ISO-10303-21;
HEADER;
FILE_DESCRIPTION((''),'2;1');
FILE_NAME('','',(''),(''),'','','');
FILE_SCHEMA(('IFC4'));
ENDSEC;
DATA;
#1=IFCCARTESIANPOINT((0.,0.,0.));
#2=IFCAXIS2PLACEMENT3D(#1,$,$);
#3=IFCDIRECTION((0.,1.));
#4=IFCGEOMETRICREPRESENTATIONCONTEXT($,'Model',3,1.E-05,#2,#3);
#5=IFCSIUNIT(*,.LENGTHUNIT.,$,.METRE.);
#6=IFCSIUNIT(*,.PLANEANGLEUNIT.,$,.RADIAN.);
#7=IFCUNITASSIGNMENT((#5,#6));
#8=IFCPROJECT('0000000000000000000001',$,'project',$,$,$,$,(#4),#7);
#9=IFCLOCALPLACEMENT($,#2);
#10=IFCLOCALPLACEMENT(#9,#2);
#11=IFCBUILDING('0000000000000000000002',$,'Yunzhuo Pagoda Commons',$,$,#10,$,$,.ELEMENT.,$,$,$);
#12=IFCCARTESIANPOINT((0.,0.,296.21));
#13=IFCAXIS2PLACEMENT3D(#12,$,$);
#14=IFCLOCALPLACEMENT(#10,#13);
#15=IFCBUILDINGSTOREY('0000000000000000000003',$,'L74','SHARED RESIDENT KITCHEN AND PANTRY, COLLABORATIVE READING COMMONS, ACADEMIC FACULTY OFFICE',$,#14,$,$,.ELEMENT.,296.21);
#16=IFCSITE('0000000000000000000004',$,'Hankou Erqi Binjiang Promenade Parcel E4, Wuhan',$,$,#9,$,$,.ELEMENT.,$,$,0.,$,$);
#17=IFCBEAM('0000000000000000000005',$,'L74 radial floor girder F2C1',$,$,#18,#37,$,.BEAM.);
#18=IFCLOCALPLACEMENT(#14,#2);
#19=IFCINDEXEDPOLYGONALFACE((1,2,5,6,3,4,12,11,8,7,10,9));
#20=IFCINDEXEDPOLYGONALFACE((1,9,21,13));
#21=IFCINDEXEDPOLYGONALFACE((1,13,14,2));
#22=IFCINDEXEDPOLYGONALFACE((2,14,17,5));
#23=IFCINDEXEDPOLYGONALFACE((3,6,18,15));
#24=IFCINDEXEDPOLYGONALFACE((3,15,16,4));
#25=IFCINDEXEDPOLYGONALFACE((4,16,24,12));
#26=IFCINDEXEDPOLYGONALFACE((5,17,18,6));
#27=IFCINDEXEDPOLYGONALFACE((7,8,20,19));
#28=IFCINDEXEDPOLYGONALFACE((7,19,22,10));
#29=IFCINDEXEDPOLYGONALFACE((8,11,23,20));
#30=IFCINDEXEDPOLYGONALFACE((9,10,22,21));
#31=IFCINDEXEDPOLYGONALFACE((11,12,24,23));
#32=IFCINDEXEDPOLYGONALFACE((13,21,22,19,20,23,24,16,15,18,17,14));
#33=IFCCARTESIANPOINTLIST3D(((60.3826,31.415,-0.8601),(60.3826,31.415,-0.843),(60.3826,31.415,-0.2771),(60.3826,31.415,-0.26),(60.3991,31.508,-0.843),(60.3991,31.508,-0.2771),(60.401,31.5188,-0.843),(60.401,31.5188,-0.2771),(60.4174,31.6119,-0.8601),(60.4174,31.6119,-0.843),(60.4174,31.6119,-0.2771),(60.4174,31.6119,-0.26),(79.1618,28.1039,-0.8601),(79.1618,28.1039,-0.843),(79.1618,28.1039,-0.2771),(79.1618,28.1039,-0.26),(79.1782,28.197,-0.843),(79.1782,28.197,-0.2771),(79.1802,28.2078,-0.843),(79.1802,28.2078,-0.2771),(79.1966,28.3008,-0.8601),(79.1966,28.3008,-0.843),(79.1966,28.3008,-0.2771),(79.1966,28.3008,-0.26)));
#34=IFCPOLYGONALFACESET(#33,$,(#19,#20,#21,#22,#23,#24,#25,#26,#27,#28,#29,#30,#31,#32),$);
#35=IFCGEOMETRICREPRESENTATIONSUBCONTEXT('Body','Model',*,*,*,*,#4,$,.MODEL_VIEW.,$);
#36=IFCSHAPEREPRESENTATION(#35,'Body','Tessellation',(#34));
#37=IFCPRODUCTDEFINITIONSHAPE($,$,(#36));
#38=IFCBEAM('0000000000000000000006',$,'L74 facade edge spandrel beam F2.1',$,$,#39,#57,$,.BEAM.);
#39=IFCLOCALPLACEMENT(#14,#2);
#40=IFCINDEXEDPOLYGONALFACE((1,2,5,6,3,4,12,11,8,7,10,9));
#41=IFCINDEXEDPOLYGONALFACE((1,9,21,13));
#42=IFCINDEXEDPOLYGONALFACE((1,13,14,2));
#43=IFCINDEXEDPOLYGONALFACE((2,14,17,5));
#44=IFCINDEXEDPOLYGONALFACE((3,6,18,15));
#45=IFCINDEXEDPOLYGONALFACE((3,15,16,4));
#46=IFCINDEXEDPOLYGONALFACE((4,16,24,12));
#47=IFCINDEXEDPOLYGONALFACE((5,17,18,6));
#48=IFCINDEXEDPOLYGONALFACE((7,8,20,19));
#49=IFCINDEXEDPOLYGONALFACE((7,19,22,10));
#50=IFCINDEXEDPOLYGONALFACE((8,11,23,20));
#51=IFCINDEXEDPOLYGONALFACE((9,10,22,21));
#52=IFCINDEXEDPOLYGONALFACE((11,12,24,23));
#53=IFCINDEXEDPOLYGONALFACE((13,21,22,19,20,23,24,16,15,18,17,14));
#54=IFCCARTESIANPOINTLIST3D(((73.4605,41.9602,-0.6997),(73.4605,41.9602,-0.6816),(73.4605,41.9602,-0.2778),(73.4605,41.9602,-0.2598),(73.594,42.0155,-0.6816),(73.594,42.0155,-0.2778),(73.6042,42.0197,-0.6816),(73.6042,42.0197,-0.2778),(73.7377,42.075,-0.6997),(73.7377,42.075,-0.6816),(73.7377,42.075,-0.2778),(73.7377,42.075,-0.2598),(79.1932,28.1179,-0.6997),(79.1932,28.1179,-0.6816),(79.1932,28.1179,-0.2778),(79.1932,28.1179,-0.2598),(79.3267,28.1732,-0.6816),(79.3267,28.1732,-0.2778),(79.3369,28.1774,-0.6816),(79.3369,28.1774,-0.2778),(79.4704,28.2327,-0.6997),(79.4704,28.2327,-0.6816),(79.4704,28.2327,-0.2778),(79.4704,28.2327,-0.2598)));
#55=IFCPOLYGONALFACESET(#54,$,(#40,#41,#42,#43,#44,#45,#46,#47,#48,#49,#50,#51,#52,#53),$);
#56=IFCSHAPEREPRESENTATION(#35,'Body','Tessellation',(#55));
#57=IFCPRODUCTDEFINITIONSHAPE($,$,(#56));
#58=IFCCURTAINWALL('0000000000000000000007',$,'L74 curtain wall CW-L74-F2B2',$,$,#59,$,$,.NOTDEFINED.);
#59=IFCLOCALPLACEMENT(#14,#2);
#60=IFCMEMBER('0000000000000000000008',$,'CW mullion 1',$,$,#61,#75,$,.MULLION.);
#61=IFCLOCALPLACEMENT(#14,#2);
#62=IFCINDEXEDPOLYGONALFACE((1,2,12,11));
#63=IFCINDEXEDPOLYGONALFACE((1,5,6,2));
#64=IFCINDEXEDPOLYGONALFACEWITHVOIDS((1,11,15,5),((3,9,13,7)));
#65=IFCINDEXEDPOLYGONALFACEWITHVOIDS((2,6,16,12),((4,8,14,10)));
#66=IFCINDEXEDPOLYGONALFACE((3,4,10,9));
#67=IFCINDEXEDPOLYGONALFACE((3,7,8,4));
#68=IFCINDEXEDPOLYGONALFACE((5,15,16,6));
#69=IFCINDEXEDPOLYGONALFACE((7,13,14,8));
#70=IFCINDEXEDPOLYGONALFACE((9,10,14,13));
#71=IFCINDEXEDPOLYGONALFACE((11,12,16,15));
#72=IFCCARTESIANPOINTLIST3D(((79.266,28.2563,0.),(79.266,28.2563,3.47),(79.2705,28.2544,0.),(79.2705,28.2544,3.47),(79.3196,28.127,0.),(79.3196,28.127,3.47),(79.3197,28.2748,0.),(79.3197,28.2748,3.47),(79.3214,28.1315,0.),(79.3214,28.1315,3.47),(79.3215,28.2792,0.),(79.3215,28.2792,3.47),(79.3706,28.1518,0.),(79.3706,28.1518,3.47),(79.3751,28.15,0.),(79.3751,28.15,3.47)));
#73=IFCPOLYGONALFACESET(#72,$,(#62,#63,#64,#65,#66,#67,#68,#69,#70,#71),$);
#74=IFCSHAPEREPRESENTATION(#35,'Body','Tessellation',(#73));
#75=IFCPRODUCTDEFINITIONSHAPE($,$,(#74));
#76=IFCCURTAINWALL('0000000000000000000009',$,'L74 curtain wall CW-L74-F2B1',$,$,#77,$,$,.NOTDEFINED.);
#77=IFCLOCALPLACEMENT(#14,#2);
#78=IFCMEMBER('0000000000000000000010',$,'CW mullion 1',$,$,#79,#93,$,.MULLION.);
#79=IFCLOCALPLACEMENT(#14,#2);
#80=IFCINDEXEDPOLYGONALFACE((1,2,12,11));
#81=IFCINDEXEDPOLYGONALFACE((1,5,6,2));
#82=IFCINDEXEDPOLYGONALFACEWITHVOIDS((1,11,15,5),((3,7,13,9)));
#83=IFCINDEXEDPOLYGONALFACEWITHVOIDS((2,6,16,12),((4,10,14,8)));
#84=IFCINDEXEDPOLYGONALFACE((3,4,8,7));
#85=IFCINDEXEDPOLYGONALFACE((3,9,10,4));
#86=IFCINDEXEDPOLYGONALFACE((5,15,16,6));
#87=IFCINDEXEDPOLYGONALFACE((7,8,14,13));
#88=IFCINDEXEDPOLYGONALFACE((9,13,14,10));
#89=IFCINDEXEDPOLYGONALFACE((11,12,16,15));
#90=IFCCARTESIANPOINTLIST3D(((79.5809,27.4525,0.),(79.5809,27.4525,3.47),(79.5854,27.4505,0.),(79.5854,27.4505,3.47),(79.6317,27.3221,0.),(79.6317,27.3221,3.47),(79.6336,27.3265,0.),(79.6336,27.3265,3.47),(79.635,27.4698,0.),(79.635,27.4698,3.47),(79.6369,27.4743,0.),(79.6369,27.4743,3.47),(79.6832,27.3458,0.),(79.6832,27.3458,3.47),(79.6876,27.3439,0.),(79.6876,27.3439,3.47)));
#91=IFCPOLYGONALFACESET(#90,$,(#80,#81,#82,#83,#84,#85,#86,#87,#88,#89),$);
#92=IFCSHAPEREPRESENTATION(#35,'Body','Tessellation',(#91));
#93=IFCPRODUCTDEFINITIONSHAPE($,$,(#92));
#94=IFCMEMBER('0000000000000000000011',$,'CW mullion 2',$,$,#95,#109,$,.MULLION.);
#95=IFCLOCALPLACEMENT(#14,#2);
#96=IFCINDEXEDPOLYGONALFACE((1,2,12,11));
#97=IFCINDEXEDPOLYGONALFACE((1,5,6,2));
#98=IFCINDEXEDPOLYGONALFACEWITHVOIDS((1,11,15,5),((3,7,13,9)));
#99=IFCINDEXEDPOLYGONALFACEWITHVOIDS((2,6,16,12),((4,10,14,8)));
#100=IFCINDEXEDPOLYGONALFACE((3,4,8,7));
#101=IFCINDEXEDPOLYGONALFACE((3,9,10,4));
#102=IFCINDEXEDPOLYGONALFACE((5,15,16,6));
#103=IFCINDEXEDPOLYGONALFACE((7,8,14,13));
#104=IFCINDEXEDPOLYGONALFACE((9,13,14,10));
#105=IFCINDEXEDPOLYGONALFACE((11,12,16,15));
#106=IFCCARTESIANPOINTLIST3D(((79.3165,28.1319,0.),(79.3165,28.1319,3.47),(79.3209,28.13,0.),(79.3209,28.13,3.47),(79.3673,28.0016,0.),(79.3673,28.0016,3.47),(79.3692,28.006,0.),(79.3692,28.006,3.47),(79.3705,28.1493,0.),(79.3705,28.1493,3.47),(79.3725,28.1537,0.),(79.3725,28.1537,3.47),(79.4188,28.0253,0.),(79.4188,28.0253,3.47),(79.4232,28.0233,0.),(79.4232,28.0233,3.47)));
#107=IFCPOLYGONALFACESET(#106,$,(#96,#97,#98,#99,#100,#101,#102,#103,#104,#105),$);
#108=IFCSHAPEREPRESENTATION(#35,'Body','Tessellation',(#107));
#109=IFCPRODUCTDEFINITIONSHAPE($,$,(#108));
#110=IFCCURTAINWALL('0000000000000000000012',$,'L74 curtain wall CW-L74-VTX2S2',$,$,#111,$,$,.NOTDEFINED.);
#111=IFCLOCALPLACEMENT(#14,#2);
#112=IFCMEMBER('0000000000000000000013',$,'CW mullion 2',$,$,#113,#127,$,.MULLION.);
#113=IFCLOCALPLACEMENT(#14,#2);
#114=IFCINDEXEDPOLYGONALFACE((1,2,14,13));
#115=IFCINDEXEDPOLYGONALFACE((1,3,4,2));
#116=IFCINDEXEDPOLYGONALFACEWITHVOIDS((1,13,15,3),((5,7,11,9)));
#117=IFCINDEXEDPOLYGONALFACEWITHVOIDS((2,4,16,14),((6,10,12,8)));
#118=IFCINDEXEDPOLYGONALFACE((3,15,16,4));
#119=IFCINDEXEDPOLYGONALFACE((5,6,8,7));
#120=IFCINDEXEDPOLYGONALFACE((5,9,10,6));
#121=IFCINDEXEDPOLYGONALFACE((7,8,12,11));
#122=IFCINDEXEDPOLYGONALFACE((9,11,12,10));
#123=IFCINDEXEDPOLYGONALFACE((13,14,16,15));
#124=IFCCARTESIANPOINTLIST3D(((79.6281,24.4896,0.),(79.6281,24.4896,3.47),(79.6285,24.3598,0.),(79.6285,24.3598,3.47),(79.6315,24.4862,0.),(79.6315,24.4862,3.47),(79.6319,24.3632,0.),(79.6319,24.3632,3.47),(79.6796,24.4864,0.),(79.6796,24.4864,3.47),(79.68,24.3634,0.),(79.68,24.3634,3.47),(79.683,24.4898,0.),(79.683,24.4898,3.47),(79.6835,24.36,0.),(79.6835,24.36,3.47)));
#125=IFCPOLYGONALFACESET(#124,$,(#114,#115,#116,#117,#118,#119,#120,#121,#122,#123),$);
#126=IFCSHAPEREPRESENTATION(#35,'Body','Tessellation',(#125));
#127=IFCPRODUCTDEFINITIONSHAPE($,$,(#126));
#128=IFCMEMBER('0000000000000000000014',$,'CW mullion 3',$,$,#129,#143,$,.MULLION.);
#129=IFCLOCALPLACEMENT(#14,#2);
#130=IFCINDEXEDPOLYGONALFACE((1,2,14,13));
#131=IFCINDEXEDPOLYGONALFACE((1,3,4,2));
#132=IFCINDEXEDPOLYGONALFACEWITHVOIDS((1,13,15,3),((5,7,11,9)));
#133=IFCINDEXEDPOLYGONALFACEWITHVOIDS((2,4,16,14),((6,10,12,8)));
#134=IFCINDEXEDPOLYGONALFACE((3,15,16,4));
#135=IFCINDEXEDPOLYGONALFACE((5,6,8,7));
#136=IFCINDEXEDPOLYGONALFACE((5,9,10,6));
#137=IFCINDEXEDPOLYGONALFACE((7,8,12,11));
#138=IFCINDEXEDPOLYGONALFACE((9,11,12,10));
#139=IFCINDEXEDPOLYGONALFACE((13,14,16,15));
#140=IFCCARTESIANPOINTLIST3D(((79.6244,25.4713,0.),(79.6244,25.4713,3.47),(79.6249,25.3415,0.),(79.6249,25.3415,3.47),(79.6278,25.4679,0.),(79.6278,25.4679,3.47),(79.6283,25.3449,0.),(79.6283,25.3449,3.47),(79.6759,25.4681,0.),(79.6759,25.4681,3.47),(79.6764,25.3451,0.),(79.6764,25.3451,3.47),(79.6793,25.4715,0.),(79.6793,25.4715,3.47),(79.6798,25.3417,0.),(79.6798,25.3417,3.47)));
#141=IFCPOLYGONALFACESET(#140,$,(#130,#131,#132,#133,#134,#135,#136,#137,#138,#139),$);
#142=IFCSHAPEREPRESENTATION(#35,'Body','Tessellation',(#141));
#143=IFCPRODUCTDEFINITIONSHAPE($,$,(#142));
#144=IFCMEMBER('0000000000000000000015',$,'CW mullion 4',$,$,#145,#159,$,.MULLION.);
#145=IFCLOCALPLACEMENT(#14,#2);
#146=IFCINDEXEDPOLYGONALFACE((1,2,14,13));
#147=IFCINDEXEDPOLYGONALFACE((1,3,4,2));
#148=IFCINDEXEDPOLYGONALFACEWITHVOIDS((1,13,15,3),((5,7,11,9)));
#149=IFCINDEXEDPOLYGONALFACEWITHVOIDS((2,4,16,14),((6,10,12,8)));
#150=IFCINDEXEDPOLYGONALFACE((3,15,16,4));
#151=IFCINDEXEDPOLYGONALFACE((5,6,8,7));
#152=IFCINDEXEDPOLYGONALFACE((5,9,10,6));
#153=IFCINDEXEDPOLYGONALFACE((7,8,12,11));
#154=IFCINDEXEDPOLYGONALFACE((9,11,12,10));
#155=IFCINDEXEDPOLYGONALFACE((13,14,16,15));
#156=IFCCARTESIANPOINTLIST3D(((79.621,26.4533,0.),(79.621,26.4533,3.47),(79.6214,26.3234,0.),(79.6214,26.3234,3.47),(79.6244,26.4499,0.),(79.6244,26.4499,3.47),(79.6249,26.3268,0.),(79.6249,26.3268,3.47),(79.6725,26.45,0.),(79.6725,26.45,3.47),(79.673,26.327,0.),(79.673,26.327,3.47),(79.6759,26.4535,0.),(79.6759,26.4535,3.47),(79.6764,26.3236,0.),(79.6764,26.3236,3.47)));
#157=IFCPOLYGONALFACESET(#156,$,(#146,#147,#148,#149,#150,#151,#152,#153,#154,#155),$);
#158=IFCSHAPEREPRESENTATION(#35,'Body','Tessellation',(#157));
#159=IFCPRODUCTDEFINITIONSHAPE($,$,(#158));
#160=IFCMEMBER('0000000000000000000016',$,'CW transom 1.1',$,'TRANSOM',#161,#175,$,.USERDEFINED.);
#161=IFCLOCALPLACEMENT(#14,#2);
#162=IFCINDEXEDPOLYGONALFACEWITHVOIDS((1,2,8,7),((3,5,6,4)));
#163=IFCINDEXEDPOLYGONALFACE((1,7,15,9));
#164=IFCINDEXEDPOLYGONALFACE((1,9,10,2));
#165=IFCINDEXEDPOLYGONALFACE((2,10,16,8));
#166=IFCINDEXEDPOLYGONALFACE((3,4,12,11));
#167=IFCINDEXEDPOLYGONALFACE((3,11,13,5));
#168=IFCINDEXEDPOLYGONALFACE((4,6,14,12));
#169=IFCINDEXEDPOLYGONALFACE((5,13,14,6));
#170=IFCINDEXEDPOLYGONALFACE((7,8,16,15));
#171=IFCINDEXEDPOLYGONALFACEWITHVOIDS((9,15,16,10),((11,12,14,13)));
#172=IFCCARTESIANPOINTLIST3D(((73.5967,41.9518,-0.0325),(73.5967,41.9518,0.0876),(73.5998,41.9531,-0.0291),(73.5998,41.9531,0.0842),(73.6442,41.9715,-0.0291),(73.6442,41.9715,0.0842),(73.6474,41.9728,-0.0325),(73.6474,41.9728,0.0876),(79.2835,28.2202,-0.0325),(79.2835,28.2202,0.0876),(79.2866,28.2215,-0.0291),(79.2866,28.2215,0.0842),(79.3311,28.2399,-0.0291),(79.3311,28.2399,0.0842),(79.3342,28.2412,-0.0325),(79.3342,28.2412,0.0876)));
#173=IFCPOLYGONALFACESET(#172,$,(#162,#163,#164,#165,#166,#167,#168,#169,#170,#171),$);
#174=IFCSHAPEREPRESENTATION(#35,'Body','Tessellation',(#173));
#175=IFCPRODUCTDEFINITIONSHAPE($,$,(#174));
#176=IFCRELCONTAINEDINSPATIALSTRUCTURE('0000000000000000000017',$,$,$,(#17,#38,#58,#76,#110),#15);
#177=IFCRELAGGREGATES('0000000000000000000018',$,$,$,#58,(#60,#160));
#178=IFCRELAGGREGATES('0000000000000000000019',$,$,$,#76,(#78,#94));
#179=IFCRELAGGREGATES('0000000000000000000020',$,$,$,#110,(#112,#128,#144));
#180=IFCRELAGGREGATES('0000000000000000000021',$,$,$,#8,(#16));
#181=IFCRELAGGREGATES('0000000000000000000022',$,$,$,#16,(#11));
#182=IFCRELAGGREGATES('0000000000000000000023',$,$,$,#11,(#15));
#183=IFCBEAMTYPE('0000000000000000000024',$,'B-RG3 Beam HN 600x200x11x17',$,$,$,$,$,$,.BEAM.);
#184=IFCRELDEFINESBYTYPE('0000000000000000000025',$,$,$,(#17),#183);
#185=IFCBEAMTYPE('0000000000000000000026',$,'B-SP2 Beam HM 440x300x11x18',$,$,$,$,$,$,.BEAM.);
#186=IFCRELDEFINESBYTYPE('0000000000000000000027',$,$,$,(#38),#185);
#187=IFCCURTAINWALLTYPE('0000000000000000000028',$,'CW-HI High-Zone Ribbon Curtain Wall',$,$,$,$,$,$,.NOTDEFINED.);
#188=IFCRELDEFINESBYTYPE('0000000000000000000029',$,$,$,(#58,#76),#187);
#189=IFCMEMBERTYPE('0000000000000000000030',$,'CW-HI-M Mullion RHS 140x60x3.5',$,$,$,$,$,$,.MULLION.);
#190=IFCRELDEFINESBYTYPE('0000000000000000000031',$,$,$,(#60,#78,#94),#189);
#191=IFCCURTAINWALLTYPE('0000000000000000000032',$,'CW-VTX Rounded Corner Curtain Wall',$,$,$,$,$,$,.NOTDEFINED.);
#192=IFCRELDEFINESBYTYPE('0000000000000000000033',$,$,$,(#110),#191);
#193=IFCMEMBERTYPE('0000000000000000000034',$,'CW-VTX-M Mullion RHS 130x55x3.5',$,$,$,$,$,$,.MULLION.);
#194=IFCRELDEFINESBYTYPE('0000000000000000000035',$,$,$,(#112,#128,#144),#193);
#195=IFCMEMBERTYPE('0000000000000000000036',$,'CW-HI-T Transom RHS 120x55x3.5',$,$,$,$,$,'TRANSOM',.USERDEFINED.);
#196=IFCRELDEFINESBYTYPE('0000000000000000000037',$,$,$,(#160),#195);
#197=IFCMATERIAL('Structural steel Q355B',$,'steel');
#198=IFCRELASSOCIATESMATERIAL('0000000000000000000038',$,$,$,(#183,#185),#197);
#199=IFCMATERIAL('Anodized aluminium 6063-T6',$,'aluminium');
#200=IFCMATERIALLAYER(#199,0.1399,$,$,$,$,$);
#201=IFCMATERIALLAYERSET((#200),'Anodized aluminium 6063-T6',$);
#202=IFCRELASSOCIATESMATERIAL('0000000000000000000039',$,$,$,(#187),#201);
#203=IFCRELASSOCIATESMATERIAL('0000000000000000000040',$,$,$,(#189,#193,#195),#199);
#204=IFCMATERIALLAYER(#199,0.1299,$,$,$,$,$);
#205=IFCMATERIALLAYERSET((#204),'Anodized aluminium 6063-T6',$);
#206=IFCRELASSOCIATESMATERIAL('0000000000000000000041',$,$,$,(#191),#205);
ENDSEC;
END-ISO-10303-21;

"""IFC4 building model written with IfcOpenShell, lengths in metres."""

from ifc_helpers import new_model, si_unit, direction, frame, origin, origin_2d, place, context, subcontext, project, spatial, hollow_rectangle, i_section, extrude, source, transform, mapped, material, layer, layer_set, material_profile, profile_set, type_object, element, aggregate, save


model = new_model("IFC4")

# Units and contexts
model_context = context("Model", 3, precision=1e-05, world=origin(), true_north=direction((0.0, 1.0)))
body_context = subcontext(model_context, "Body", "Model", "MODEL_VIEW")
ifc_project = project(units=[si_unit("LENGTHUNIT", "METRE"), si_unit("PLANEANGLEUNIT", "RADIAN")], contexts=[model_context])

# Site, building, storey
site_placement = place(None, origin())
site = spatial("IfcSite", under=ifc_project, at=site_placement, Name="Hankou Erqi Binjiang Promenade Parcel E4, Wuhan", CompositionType="ELEMENT", RefElevation=0.0)
building_placement = place(site_placement, origin())
building = spatial("IfcBuilding", under=site, at=building_placement, Name="Yunzhuo Pagoda Commons", CompositionType="ELEMENT")
storey_placement = place(building_placement, frame((0.0, 0.0, 296.21)))
storey = spatial("IfcBuildingStorey", under=building, at=storey_placement, Name="L74", Description="SHARED RESIDENT KITCHEN AND PANTRY, COLLABORATIVE READING COMMONS, ACADEMIC FACULTY OFFICE", CompositionType="ELEMENT", Elevation=296.21)

# Beams
ifc_material_1 = material(Name="Structural steel Q355B", Category="steel")
ifc_material_profile_1 = material_profile(ifc_material_1, i_section(OverallWidth=0.2, OverallDepth=0.6001, WebThickness=0.011, FlangeThickness=0.0171, at=origin_2d()), Name="Structural steel Q355B")
ifc_profile_set_1 = profile_set([ifc_material_profile_1], Name="Structural steel Q355B")
beam_type_1 = type_object("IfcBeamType", Name="B-RG3 Beam HN 600x200x11x17", PredefinedType="BEAM", material=ifc_profile_set_1)
shared_shape_1 = source(origin(), body_context, "Body", "SweptSolid", [
    extrude(i_section(OverallWidth=0.2, OverallDepth=0.6001, WebThickness=0.011, FlangeThickness=0.0171, at=origin_2d()), origin(), (0.0, 0.0, 1.0), 19.0688),
])
beam_1_placement = place(storey_placement, frame((79.1792, 28.2024, -0.5601), z_axis=(-0.98481, 0.173635, 0.0), x_axis=(-0.173635, -0.98481, 0.0)))
element("IfcBeam", 1, at=beam_1_placement, inside=storey, type_object=beam_type_1, Name="L74 radial floor girder F2C1", PredefinedType="BEAM", context=body_context, shape_type="MappedRepresentation", body=[
    mapped(shared_shape_1, transform((0.0, 0.0, 0.0), scale=1.0)),
])
ifc_material_profile_2 = material_profile(ifc_material_1, i_section(OverallWidth=0.3, OverallDepth=0.4399, WebThickness=0.011, FlangeThickness=0.0181, at=origin_2d()), Name="Structural steel Q355B")
ifc_profile_set_2 = profile_set([ifc_material_profile_2], Name="Structural steel Q355B")
beam_type_2 = type_object("IfcBeamType", Name="B-SP2 Beam HM 440x300x11x18", PredefinedType="BEAM", material=ifc_profile_set_2)
shared_shape_2 = source(origin(), body_context, "Body", "SweptSolid", [
    extrude(i_section(OverallWidth=0.3, OverallDepth=0.4399, WebThickness=0.011, FlangeThickness=0.0181, at=origin_2d()), origin(), (0.0, 0.0, 1.0), 14.9824),
])
beam_2_placement = place(storey_placement, frame((79.3318, 28.1753, -0.4797), z_axis=(-0.382627, 0.923903, 0.0), x_axis=(-0.923903, -0.382627, 0.0)))
element("IfcBeam", 2, at=beam_2_placement, inside=storey, type_object=beam_type_2, Name="L74 facade edge spandrel beam F2.1", PredefinedType="BEAM", context=body_context, shape_type="MappedRepresentation", body=[
    mapped(shared_shape_2, transform((0.0, 0.0, 0.0), scale=1.0)),
])

# Curtain wall, member
ifc_material_2 = material(Name="Anodized aluminium 6063-T6", Category="aluminium")
ifc_layer_1 = layer(ifc_material_2, 0.1399)
ifc_layer_set_1 = layer_set([ifc_layer_1], Name="Anodized aluminium 6063-T6")
curtain_wall_type_1 = type_object("IfcCurtainWallType", Name="CW-HI High-Zone Ribbon Curtain Wall", PredefinedType="NOTDEFINED", material=ifc_layer_set_1)
curtain_wall_1_placement = place(storey_placement, origin())
curtain_wall_1 = element("IfcCurtainWall", 3, at=curtain_wall_1_placement, inside=storey, type_object=curtain_wall_type_1, Name="L74 curtain wall CW-L74-F2B2", PredefinedType="NOTDEFINED")
ifc_material_profile_3 = material_profile(ifc_material_2, hollow_rectangle(XDim=0.0601, YDim=0.1399, WallThickness=0.0034, at=origin_2d()), Name="Anodized aluminium 6063-T6")
ifc_profile_set_3 = profile_set([ifc_material_profile_3], Name="Anodized aluminium 6063-T6")
member_type_1 = type_object("IfcMemberType", Name="CW-HI-M Mullion RHS 140x60x3.5", PredefinedType="MULLION", material=ifc_profile_set_3)
shared_shape_3 = source(origin(), body_context, "Body", "SweptSolid", [
    extrude(hollow_rectangle(XDim=0.0601, YDim=0.1399, WallThickness=0.0034, at=origin_2d()), origin(), (0.0, 0.0, 1.0), 3.47),
])
member_1_placement = place(storey_placement, frame((79.3206, 28.2031, 0.0), z_axis=(0.0, 0.0, 1.0), x_axis=(-0.923899, -0.382636, 0.0)))
member_1 = element("IfcMember", 4, at=member_1_placement, type_object=member_type_1, Name="CW mullion 1", PredefinedType="MULLION", context=body_context, shape_type="MappedRepresentation", body=[
    mapped(shared_shape_3, transform((0.0, 0.0, 0.0), scale=1.0)),
])

# Curtain walls, members
curtain_wall_2_placement = place(storey_placement, origin())
curtain_wall_2 = element("IfcCurtainWall", 5, at=curtain_wall_2_placement, inside=storey, type_object=curtain_wall_type_1, Name="L74 curtain wall CW-L74-F2B1", PredefinedType="NOTDEFINED")
member_2_placement = place(storey_placement, frame((79.6343, 27.3982, 0.0), z_axis=(0.0, 0.0, 1.0), x_axis=(-0.931924, -0.362654, 0.0)))
member_2 = element("IfcMember", 6, at=member_2_placement, type_object=member_type_1, Name="CW mullion 1", PredefinedType="MULLION", context=body_context, shape_type="MappedRepresentation", body=[
    mapped(shared_shape_3, transform((0.0, 0.0, 0.0), scale=1.0)),
])
member_3_placement = place(storey_placement, frame((79.3699, 28.0776, 0.0), z_axis=(0.0, 0.0, 1.0), x_axis=(-0.931924, -0.362654, 0.0)))
member_3 = element("IfcMember", 7, at=member_3_placement, type_object=member_type_1, Name="CW mullion 2", PredefinedType="MULLION", context=body_context, shape_type="MappedRepresentation", body=[
    mapped(shared_shape_3, transform((0.0, 0.0, 0.0), scale=1.0)),
])
ifc_layer_2 = layer(ifc_material_2, 0.1299)
ifc_layer_set_2 = layer_set([ifc_layer_2], Name="Anodized aluminium 6063-T6")
curtain_wall_type_2 = type_object("IfcCurtainWallType", Name="CW-VTX Rounded Corner Curtain Wall", PredefinedType="NOTDEFINED", material=ifc_layer_set_2)
curtain_wall_3_placement = place(storey_placement, origin())
curtain_wall_3 = element("IfcCurtainWall", 8, at=curtain_wall_3_placement, inside=storey, type_object=curtain_wall_type_2, Name="L74 curtain wall CW-L74-VTX2S2", PredefinedType="NOTDEFINED")
ifc_material_profile_4 = material_profile(ifc_material_2, hollow_rectangle(XDim=0.0549, YDim=0.1299, WallThickness=0.0034, at=origin_2d()), Name="Anodized aluminium 6063-T6")
ifc_profile_set_4 = profile_set([ifc_material_profile_4], Name="Anodized aluminium 6063-T6")
member_type_2 = type_object("IfcMemberType", Name="CW-VTX-M Mullion RHS 130x55x3.5", PredefinedType="MULLION", material=ifc_profile_set_4)
shared_shape_4 = source(origin(), body_context, "Body", "SweptSolid", [
    extrude(hollow_rectangle(XDim=0.0549, YDim=0.1299, WallThickness=0.0034, at=origin_2d()), origin(), (0.0, 0.0, 1.0), 3.47),
])
member_4_placement = place(storey_placement, frame((79.6558, 24.4248, 0.0), z_axis=(0.0, 0.0, 1.0), x_axis=(-0.999994, -0.00359, 0.0)))
member_4 = element("IfcMember", 9, at=member_4_placement, type_object=member_type_2, Name="CW mullion 2", PredefinedType="MULLION", context=body_context, shape_type="MappedRepresentation", body=[
    mapped(shared_shape_4, transform((0.0, 0.0, 0.0), scale=1.0)),
])
member_5_placement = place(storey_placement, frame((79.6521, 25.4065, 0.0), z_axis=(0.0, 0.0, 1.0), x_axis=(-0.999994, -0.00359, 0.0)))
member_5 = element("IfcMember", 10, at=member_5_placement, type_object=member_type_2, Name="CW mullion 3", PredefinedType="MULLION", context=body_context, shape_type="MappedRepresentation", body=[
    mapped(shared_shape_4, transform((0.0, 0.0, 0.0), scale=1.0)),
])
member_6_placement = place(storey_placement, frame((79.6487, 26.3884, 0.0), z_axis=(0.0, 0.0, 1.0), x_axis=(-0.999994, -0.00359, 0.0)))
member_6 = element("IfcMember", 11, at=member_6_placement, type_object=member_type_2, Name="CW mullion 4", PredefinedType="MULLION", context=body_context, shape_type="MappedRepresentation", body=[
    mapped(shared_shape_4, transform((0.0, 0.0, 0.0), scale=1.0)),
])

# Member
ifc_material_profile_5 = material_profile(ifc_material_2, hollow_rectangle(XDim=0.0549, YDim=0.1201, WallThickness=0.0034, at=origin_2d()), Name="Anodized aluminium 6063-T6")
ifc_profile_set_5 = profile_set([ifc_material_profile_5], Name="Anodized aluminium 6063-T6")
member_type_3 = type_object("IfcMemberType", Name="CW-HI-T Transom RHS 120x55x3.5", ElementType="TRANSOM", PredefinedType="USERDEFINED", material=ifc_profile_set_5)
shared_shape_5 = source(origin(), body_context, "Body", "SweptSolid", [
    extrude(hollow_rectangle(XDim=0.0549, YDim=0.1201, WallThickness=0.0034, at=origin_2d()), origin(), (0.0, 0.0, 1.0), 14.8625),
])
member_7_placement = place(storey_placement, frame((79.3088, 28.2307, 0.0276), z_axis=(-0.382627, 0.923903, 0.0), x_axis=(-0.923903, -0.382627, 0.0)))
member_7 = element("IfcMember", 12, at=member_7_placement, type_object=member_type_3, Name="CW transom 1.1", ObjectType="TRANSOM", PredefinedType="USERDEFINED", context=body_context, shape_type="MappedRepresentation", body=[
    mapped(shared_shape_5, transform((0.0, 0.0, 0.0), scale=1.0)),
])
aggregate(curtain_wall_1, [member_1, member_7])

aggregate(curtain_wall_2, [member_2, member_3])

aggregate(curtain_wall_3, [member_4, member_5, member_6])

save(model, "model.ifc")
